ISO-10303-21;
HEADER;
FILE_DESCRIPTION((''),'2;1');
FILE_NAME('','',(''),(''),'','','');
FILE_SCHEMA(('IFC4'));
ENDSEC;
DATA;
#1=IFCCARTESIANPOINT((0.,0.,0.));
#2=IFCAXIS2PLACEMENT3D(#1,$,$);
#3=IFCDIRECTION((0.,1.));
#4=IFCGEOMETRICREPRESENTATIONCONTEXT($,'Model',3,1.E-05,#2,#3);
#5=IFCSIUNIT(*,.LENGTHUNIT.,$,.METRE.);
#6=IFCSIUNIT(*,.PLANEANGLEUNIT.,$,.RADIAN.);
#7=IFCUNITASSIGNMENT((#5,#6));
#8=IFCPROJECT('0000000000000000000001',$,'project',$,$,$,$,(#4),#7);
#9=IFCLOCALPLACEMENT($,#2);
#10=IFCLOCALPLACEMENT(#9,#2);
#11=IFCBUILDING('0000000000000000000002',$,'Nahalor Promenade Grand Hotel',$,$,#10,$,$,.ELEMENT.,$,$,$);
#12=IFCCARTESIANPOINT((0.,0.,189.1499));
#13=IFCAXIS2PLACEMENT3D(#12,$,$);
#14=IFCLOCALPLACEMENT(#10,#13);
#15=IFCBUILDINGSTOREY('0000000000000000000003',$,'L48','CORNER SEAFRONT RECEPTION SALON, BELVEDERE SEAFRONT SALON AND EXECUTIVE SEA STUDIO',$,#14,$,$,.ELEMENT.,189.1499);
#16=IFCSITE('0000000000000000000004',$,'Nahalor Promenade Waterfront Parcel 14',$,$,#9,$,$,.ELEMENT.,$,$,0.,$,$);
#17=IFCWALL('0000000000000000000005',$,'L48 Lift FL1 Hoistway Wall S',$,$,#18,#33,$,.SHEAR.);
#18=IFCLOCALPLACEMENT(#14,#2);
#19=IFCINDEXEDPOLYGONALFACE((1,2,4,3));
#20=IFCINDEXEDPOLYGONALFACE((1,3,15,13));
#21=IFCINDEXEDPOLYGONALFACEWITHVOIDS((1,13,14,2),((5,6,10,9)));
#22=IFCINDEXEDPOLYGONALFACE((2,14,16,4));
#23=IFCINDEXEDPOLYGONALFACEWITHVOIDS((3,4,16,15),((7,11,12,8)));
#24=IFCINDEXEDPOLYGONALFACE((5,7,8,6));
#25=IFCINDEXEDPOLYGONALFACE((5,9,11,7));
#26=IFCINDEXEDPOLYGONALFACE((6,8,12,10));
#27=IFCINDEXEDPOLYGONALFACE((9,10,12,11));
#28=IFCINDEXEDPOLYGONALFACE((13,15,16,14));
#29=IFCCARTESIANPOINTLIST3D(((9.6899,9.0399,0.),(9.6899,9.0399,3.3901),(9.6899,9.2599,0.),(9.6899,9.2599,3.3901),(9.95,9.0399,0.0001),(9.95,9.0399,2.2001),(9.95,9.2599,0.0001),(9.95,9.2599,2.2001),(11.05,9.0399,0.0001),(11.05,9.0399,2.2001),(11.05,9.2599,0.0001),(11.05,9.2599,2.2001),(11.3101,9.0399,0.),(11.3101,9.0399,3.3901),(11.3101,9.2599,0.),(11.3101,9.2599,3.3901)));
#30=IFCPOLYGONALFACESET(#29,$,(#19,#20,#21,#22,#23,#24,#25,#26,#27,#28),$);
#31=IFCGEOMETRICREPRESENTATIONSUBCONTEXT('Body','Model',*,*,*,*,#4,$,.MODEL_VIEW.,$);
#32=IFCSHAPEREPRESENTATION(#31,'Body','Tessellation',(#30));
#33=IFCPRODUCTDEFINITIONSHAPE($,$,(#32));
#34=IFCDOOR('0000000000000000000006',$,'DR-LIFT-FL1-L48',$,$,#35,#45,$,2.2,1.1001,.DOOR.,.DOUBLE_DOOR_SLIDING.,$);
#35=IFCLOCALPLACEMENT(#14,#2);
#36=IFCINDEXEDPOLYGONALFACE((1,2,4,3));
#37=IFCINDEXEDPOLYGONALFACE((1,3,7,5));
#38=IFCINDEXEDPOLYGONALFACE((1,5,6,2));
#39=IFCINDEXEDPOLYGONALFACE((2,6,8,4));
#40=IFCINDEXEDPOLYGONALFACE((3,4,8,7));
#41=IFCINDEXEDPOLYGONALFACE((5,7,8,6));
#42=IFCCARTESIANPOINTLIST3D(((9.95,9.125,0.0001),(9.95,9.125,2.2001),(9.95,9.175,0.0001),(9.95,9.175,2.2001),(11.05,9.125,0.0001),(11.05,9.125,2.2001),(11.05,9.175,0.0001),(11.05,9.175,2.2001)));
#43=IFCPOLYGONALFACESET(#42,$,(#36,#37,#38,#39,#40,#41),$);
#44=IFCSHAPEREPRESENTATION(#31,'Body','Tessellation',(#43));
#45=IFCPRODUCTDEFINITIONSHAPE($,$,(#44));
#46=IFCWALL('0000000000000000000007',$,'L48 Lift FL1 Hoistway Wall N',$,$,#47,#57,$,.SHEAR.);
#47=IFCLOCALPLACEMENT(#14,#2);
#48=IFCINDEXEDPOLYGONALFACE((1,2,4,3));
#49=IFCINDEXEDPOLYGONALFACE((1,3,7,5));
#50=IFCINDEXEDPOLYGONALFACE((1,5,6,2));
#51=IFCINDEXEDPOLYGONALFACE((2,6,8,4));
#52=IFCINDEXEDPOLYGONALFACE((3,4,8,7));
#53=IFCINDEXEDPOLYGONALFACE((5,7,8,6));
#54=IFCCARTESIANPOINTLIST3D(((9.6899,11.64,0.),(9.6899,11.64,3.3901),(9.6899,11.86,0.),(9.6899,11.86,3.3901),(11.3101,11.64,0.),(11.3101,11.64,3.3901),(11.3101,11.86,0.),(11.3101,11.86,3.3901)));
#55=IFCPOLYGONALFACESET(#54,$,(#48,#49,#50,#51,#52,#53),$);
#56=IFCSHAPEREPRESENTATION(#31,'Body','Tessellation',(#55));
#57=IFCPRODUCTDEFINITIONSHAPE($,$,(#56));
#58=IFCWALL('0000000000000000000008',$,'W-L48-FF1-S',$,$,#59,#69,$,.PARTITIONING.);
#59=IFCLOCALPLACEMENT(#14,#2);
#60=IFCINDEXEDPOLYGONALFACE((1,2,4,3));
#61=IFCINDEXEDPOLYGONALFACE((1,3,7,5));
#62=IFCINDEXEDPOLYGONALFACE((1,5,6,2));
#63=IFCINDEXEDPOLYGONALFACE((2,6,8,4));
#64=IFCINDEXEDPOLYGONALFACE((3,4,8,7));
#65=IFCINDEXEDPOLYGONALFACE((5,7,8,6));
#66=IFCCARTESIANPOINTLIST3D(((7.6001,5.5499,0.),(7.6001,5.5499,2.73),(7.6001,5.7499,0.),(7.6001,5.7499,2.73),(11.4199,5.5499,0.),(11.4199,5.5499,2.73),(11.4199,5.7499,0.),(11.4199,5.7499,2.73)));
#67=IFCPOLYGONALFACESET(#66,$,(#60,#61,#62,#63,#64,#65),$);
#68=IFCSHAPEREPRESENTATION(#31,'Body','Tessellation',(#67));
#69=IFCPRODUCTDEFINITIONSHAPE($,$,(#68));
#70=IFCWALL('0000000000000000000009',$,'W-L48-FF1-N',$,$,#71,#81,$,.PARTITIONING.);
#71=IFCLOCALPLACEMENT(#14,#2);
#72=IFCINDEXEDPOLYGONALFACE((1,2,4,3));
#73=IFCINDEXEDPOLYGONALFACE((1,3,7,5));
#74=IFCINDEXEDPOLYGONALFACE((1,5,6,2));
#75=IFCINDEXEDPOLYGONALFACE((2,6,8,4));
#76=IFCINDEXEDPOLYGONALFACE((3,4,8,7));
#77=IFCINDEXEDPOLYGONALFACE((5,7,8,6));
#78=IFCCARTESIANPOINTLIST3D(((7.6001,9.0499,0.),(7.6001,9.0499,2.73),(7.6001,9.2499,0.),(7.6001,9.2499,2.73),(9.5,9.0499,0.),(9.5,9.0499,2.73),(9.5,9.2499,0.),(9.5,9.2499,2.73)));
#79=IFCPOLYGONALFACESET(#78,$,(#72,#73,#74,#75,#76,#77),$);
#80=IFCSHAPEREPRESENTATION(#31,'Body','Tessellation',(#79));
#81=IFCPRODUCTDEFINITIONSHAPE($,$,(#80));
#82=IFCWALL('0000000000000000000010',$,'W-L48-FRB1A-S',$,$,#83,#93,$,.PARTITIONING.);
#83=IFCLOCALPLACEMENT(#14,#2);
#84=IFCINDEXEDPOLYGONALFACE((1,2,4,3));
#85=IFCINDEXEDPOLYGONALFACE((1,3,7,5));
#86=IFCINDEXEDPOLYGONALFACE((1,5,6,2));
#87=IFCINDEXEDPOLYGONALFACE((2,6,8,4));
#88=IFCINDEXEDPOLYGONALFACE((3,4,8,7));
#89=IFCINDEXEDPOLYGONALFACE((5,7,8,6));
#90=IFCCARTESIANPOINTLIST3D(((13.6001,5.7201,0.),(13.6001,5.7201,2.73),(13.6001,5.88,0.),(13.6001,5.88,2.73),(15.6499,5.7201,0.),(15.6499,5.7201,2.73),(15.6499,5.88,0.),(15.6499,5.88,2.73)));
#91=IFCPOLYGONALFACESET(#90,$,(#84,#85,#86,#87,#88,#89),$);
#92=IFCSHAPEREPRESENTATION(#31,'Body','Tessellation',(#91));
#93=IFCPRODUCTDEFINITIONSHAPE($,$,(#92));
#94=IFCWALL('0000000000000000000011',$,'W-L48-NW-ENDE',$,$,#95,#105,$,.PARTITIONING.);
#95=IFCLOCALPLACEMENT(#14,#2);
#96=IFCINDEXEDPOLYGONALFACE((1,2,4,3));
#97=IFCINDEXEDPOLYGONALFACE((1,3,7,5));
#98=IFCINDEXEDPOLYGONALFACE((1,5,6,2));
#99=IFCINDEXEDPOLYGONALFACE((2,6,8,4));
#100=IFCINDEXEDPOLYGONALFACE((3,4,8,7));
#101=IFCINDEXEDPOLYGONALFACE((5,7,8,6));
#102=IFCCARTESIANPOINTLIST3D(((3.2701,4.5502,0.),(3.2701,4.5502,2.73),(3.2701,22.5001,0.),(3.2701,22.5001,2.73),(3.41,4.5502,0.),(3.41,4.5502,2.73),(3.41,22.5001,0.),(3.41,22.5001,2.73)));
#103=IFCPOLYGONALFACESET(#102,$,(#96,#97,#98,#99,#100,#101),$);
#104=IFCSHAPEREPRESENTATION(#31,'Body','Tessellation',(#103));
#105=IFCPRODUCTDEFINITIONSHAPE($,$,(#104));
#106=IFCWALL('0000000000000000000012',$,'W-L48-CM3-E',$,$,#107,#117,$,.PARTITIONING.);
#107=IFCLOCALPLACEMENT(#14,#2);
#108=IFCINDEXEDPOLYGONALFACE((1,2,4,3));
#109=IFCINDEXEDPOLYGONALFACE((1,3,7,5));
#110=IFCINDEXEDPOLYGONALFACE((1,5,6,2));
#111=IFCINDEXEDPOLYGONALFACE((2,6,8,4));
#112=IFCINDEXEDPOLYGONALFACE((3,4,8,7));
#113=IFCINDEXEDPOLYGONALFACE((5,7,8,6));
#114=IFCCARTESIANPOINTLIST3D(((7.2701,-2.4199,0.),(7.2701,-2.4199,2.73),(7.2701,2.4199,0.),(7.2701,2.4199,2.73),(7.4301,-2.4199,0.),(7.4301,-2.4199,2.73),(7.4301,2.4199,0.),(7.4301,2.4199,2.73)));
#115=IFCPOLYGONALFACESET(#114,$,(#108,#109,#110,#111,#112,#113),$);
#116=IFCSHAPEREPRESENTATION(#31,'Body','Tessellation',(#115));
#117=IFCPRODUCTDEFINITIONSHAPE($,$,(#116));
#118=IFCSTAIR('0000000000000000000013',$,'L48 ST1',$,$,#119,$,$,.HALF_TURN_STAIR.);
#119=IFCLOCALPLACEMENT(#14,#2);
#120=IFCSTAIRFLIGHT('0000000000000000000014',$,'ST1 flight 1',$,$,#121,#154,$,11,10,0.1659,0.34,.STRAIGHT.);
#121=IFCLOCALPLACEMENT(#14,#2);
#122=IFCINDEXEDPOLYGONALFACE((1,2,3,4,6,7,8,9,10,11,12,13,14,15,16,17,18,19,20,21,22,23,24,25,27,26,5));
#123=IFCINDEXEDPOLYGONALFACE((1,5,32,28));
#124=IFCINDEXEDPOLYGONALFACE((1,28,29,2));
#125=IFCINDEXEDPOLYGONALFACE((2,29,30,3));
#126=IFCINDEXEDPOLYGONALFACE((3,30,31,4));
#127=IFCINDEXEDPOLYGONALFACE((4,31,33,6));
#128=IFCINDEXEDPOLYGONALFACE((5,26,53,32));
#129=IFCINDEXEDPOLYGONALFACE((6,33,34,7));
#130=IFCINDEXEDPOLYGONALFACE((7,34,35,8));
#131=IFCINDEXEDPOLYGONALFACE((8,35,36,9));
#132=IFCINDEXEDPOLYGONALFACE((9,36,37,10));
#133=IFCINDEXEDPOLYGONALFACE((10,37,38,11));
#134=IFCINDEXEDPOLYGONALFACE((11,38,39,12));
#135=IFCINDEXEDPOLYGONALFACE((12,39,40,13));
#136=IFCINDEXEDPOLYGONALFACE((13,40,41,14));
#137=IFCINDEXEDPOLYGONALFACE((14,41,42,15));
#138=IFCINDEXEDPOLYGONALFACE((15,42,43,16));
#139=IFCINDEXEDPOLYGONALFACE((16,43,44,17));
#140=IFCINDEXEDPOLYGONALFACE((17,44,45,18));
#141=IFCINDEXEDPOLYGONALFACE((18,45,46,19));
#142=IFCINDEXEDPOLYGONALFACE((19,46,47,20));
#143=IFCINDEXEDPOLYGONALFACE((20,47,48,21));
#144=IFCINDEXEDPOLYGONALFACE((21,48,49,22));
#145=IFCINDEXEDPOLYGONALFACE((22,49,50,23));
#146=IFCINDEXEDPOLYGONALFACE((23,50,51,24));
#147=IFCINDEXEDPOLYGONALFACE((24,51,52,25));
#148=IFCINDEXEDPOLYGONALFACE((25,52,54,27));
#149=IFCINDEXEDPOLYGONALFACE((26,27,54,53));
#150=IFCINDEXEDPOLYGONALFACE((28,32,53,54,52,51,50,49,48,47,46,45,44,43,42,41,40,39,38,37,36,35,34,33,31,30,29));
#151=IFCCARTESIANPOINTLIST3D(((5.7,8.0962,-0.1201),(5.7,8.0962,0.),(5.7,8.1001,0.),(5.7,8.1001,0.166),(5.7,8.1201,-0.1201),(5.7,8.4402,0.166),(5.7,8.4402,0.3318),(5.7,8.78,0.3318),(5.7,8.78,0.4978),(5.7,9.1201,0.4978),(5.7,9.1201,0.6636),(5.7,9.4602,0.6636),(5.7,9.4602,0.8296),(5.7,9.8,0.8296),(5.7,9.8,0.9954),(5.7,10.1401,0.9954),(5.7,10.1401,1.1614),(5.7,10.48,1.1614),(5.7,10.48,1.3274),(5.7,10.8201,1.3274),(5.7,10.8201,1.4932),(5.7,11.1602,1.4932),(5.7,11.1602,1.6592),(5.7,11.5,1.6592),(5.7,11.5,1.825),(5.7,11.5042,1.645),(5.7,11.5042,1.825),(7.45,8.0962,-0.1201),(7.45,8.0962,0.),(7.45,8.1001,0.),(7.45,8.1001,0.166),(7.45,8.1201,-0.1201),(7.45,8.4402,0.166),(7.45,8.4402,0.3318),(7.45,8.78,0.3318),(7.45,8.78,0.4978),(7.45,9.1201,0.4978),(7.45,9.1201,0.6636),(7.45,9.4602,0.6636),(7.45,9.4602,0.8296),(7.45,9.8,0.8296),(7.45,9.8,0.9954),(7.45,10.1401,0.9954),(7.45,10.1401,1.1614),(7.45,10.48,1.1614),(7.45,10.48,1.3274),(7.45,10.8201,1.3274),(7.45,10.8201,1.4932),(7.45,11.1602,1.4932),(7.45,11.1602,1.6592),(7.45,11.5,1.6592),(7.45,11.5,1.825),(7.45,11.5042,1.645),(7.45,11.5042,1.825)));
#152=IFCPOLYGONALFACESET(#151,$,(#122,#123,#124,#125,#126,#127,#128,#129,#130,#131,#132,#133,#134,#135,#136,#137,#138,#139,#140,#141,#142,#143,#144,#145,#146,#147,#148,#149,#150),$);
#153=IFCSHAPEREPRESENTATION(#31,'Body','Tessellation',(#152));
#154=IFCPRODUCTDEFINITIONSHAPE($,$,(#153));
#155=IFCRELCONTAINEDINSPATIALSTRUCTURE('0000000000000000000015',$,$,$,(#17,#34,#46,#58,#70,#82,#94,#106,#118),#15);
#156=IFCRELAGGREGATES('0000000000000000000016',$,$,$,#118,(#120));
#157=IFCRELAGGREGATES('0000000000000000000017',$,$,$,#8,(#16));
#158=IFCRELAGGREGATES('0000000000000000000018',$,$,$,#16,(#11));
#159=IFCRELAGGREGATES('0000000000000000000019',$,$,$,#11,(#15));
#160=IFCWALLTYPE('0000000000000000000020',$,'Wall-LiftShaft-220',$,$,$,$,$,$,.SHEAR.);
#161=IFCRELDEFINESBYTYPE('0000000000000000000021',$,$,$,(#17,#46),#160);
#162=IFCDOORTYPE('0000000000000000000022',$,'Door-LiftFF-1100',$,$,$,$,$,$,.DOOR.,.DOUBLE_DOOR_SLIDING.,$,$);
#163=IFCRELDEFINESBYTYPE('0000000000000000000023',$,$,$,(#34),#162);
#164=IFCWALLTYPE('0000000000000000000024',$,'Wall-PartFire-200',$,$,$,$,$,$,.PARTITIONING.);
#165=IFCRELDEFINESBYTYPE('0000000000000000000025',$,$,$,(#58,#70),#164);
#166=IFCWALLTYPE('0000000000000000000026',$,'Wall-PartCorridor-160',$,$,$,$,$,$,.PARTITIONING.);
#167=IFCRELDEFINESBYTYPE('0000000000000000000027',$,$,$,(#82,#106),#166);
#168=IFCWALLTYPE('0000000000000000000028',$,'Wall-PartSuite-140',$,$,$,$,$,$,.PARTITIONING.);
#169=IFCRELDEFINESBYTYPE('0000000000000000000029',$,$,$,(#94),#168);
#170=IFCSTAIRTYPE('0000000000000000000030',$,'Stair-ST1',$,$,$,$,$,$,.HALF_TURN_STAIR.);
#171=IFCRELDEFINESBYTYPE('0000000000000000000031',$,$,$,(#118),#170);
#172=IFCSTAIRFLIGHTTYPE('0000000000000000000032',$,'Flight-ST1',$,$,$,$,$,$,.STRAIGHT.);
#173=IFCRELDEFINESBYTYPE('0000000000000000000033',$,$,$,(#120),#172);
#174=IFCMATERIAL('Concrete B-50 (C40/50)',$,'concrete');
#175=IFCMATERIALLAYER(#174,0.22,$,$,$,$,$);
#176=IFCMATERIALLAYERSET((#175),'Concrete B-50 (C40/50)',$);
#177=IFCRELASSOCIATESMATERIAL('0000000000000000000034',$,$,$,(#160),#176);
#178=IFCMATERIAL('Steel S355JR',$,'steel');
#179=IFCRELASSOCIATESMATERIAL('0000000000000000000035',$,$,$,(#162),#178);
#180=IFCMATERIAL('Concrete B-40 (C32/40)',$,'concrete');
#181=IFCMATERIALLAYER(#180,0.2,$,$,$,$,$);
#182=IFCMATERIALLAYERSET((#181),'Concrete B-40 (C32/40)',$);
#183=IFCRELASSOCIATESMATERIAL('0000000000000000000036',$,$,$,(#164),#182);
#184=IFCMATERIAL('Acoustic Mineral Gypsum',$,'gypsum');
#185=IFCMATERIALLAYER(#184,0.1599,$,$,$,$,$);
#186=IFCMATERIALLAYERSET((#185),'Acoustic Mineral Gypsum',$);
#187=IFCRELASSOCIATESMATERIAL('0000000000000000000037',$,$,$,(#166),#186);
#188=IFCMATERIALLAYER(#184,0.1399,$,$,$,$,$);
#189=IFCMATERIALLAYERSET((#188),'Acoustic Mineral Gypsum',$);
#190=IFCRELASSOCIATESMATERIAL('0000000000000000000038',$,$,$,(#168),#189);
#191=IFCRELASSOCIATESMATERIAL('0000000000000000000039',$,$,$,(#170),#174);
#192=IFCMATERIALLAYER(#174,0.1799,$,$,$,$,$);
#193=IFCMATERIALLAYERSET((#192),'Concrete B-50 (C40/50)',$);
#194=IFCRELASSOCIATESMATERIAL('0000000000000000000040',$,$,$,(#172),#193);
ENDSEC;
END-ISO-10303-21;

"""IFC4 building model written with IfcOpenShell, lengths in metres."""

from ifc_helpers import new_model, si_unit, direction, frame, frame_2d, origin, place, context, subcontext, project, spatial, polyline, rectangle, outline, extrude, source, transform, mapped, material, layer, layer_set, type_object, element, fill, aggregate, save


model = new_model("IFC4")

# Units and contexts
model_context = context("Model", 3, precision=1e-05, world=origin(), true_north=direction((0.0, 1.0)))
body_context = subcontext(model_context, "Body", "Model", "MODEL_VIEW")
ifc_project = project(units=[si_unit("LENGTHUNIT", "METRE"), si_unit("PLANEANGLEUNIT", "RADIAN")], contexts=[model_context])

# Site, building, storey
site_placement = place(None, origin())
site = spatial("IfcSite", under=ifc_project, at=site_placement, Name="Nahalor Promenade Waterfront Parcel 14", CompositionType="ELEMENT", RefElevation=0.0)
building_placement = place(site_placement, origin())
building = spatial("IfcBuilding", under=site, at=building_placement, Name="Nahalor Promenade Grand Hotel", CompositionType="ELEMENT")
storey_placement = place(building_placement, frame((0.0, 0.0, 189.1499)))
storey = spatial("IfcBuildingStorey", under=building, at=storey_placement, Name="L48", Description="CORNER SEAFRONT RECEPTION SALON, BELVEDERE SEAFRONT SALON AND EXECUTIVE SEA STUDIO", CompositionType="ELEMENT", Elevation=189.1499)

# Shared definitions
ifc_material_1 = material(Name="Steel S355JR", Category="steel")

# Shared definitions
ifc_material_2 = material(Name="Concrete B-50 (C40/50)", Category="concrete")

# Shared definitions
ifc_layer_1 = layer(ifc_material_2, 0.22)
ifc_layer_set_1 = layer_set([ifc_layer_1], Name="Concrete B-50 (C40/50)")
wall_type_1 = type_object("IfcWallType", Name="Wall-LiftShaft-220", PredefinedType="SHEAR", material=ifc_layer_set_1)

# Wall, opening, door
shared_shape_1 = source(origin(), body_context, "Body", "SweptSolid", [
    extrude(rectangle(XDim=1.6201, YDim=0.22, at=frame_2d((0.8101, 0.0))), origin(), (0.0, 0.0, 1.0), 3.3901),
])
wall_1_placement = place(storey_placement, frame((9.6899, 9.1499, 0.0), z_axis=(0.0, 0.0, 1.0), x_axis=(1.0, 0.0, 0.0)))
wall_1 = element("IfcWall", 1, at=wall_1_placement, inside=storey, type_object=wall_type_1, Name="L48 Lift FL1 Hoistway Wall S", PredefinedType="SHEAR", context=body_context, shape_type="MappedRepresentation", body=[
    mapped(shared_shape_1, transform((0.0, 0.0, 0.0), scale=1.0)),
])
opening_1_placement = place(wall_1_placement, frame((0.26, 0.0, 0.0)))
opening_1 = element("IfcOpeningElement", 2, at=opening_1_placement, cuts=wall_1, PredefinedType="OPENING", context=body_context, shape_type="SweptSolid", body=[
    extrude(rectangle(XDim=1.1001, YDim=2.2, at=frame_2d((0.55, 1.1001))), frame((0.0, 0.1199, 0.0), z_axis=(0.0, -1.0, 0.0), x_axis=(1.0, 0.0, 0.0)), (0.0, 0.0, 1.0), 0.24),
])
door_type_1 = type_object("IfcDoorType", Name="Door-LiftFF-1100", OperationType="DOUBLE_DOOR_SLIDING", PredefinedType="DOOR", material=ifc_material_1)
shared_shape_2 = source(origin(), body_context, "Body", "SweptSolid", [
    extrude(rectangle(XDim=1.1001, YDim=2.2, at=frame_2d((0.55, 1.1001))), frame((0.0, 0.0249, 0.0), z_axis=(0.0, -1.0, 0.0), x_axis=(1.0, 0.0, 0.0)), (0.0, 0.0, 1.0), 0.05),
])
door_1_placement = place(opening_1_placement, frame((1.1001, 0.0, 0.0), z_axis=(0.0, 0.0, 1.0), x_axis=(-1.0, 0.0, 0.0)))
door_1 = element("IfcDoor", 3, at=door_1_placement, inside=storey, type_object=door_type_1, Name="DR-LIFT-FL1-L48", OperationType="DOUBLE_DOOR_SLIDING", OverallHeight=2.2, OverallWidth=1.1001, PredefinedType="DOOR", context=body_context, shape_type="MappedRepresentation", body=[
    mapped(shared_shape_2, transform((0.0, 0.0, 0.0), scale=1.0)),
])
fill(opening_1, door_1)

# Walls
wall_2_placement = place(storey_placement, frame((9.6899, 11.75, 0.0), z_axis=(0.0, 0.0, 1.0), x_axis=(1.0, 0.0, 0.0)))
element("IfcWall", 4, at=wall_2_placement, inside=storey, type_object=wall_type_1, Name="L48 Lift FL1 Hoistway Wall N", PredefinedType="SHEAR", context=body_context, shape_type="MappedRepresentation", body=[
    mapped(shared_shape_1, transform((0.0, 0.0, 0.0), scale=1.0)),
])
ifc_material_3 = material(Name="Concrete B-40 (C32/40)", Category="concrete")
ifc_layer_2 = layer(ifc_material_3, 0.2)
ifc_layer_set_2 = layer_set([ifc_layer_2], Name="Concrete B-40 (C32/40)")
wall_type_2 = type_object("IfcWallType", Name="Wall-PartFire-200", PredefinedType="PARTITIONING", material=ifc_layer_set_2)
shared_shape_3 = source(origin(), body_context, "Body", "SweptSolid", [
    extrude(rectangle(XDim=3.8198, YDim=0.2, at=frame_2d((1.9099, 0.0))), origin(), (0.0, 0.0, 1.0), 2.73),
])
wall_3_placement = place(storey_placement, frame((7.6001, 5.6499, 0.0), z_axis=(0.0, 0.0, 1.0), x_axis=(1.0, 0.0, 0.0)))
element("IfcWall", 5, at=wall_3_placement, inside=storey, type_object=wall_type_2, Name="W-L48-FF1-S", PredefinedType="PARTITIONING", context=body_context, shape_type="MappedRepresentation", body=[
    mapped(shared_shape_3, transform((0.0, 0.0, 0.0), scale=1.0)),
])
shared_shape_4 = source(origin(), body_context, "Body", "SweptSolid", [
    extrude(rectangle(XDim=1.8999, YDim=0.2, at=frame_2d((0.95, 0.0))), origin(), (0.0, 0.0, 1.0), 2.73),
])
wall_4_placement = place(storey_placement, frame((7.6001, 9.1499, 0.0), z_axis=(0.0, 0.0, 1.0), x_axis=(1.0, 0.0, 0.0)))
element("IfcWall", 6, at=wall_4_placement, inside=storey, type_object=wall_type_2, Name="W-L48-FF1-N", PredefinedType="PARTITIONING", context=body_context, shape_type="MappedRepresentation", body=[
    mapped(shared_shape_4, transform((0.0, 0.0, 0.0), scale=1.0)),
])

# Walls
ifc_material_4 = material(Name="Acoustic Mineral Gypsum", Category="gypsum")
ifc_layer_3 = layer(ifc_material_4, 0.1599)
ifc_layer_set_3 = layer_set([ifc_layer_3], Name="Acoustic Mineral Gypsum")
wall_type_3 = type_object("IfcWallType", Name="Wall-PartCorridor-160", PredefinedType="PARTITIONING", material=ifc_layer_set_3)
shared_shape_5 = source(origin(), body_context, "Body", "SweptSolid", [
    extrude(rectangle(XDim=2.0498, YDim=0.1599, at=frame_2d((1.0249, 0.0))), origin(), (0.0, 0.0, 1.0), 2.73),
])
wall_5_placement = place(storey_placement, frame((13.6001, 5.8, 0.0), z_axis=(0.0, 0.0, 1.0), x_axis=(1.0, 0.0, 0.0)))
element("IfcWall", 7, at=wall_5_placement, inside=storey, type_object=wall_type_3, Name="W-L48-FRB1A-S", PredefinedType="PARTITIONING", context=body_context, shape_type="MappedRepresentation", body=[
    mapped(shared_shape_5, transform((0.0, 0.0, 0.0), scale=1.0)),
])
ifc_layer_4 = layer(ifc_material_4, 0.1399)
ifc_layer_set_4 = layer_set([ifc_layer_4], Name="Acoustic Mineral Gypsum")
wall_type_4 = type_object("IfcWallType", Name="Wall-PartSuite-140", PredefinedType="PARTITIONING", material=ifc_layer_set_4)
shared_shape_6 = source(origin(), body_context, "Body", "SweptSolid", [
    extrude(rectangle(XDim=17.95, YDim=0.1399, at=frame_2d((8.9751, 0.0))), origin(), (0.0, 0.0, 1.0), 2.73),
])
wall_6_placement = place(storey_placement, frame((3.3401, 4.55, 0.0), z_axis=(0.0, 0.0, 1.0), x_axis=(0.0, 1.0, 0.0)))
element("IfcWall", 8, at=wall_6_placement, inside=storey, type_object=wall_type_4, Name="W-L48-NW-ENDE", PredefinedType="PARTITIONING", context=body_context, shape_type="MappedRepresentation", body=[
    mapped(shared_shape_6, transform((0.0, 0.0, 0.0), scale=1.0)),
])
shared_shape_7 = source(origin(), body_context, "Body", "SweptSolid", [
    extrude(rectangle(XDim=4.8398, YDim=0.1599, at=frame_2d((2.4199, 0.0))), origin(), (0.0, 0.0, 1.0), 2.73),
])
wall_7_placement = place(storey_placement, frame((7.3501, -2.4199, 0.0), z_axis=(0.0, 0.0, 1.0), x_axis=(0.0, 1.0, 0.0)))
element("IfcWall", 9, at=wall_7_placement, inside=storey, type_object=wall_type_3, Name="W-L48-CM3-E", PredefinedType="PARTITIONING", context=body_context, shape_type="MappedRepresentation", body=[
    mapped(shared_shape_7, transform((0.0, 0.0, 0.0), scale=1.0)),
])

# Stair, stair flight
stair_type = type_object("IfcStairType", Name="Stair-ST1", PredefinedType="HALF_TURN_STAIR", material=ifc_material_2)
stair_placement = place(storey_placement, origin())
stair = element("IfcStair", 10, at=stair_placement, inside=storey, type_object=stair_type, Name="L48 ST1", PredefinedType="HALF_TURN_STAIR")
ifc_layer_5 = layer(ifc_material_2, 0.1799)
ifc_layer_set_5 = layer_set([ifc_layer_5], Name="Concrete B-50 (C40/50)")
stair_flight_type = type_object("IfcStairFlightType", Name="Flight-ST1", PredefinedType="STRAIGHT", material=ifc_layer_set_5)
shared_shape_8 = source(origin(), body_context, "Body", "SweptSolid", [
    extrude(outline(polyline([(-0.0039, -0.1201), (-0.0039, 0.0), (0.0, 0.0), (0.0, 0.166), (0.3401, 0.166), (0.3401, 0.3318), (0.6799, 0.3318), (0.6799, 0.4978), (1.02, 0.4978), (1.02, 0.6636), (1.3601, 0.6636), (1.3601, 0.8296), (1.7, 0.8296), (1.7, 0.9954), (2.04, 0.9954), (2.04, 1.1614), (2.3799, 1.1614), (2.3799, 1.3274), (2.72, 1.3274), (2.72, 1.4932), (3.0601, 1.4932), (3.0601, 1.6592), (3.3999, 1.6592), (3.3999, 1.825), (3.4041, 1.825), (3.4041, 1.645), (0.02, -0.1201), (-0.0039, -0.1201)])), frame((0.0, 0.875, 0.0), z_axis=(0.0, -1.0, 0.0), x_axis=(1.0, 0.0, 0.0)), (0.0, 0.0, 1.0), 1.75),
])
stair_flight_1_placement = place(storey_placement, frame((6.575, 8.1001, 0.0), z_axis=(0.0, 0.0, 1.0), x_axis=(0.0, 1.0, 0.0)))
stair_flight_1 = element("IfcStairFlight", 11, at=stair_flight_1_placement, type_object=stair_flight_type, Name="ST1 flight 1", NumberOfRisers=11, NumberOfTreads=10, PredefinedType="STRAIGHT", RiserHeight=0.1659, TreadLength=0.34, context=body_context, shape_type="MappedRepresentation", body=[
    mapped(shared_shape_8, transform((0.0, 0.0, 0.0), scale=1.0)),
])
aggregate(stair, [stair_flight_1])

save(model, "model.ifc")
